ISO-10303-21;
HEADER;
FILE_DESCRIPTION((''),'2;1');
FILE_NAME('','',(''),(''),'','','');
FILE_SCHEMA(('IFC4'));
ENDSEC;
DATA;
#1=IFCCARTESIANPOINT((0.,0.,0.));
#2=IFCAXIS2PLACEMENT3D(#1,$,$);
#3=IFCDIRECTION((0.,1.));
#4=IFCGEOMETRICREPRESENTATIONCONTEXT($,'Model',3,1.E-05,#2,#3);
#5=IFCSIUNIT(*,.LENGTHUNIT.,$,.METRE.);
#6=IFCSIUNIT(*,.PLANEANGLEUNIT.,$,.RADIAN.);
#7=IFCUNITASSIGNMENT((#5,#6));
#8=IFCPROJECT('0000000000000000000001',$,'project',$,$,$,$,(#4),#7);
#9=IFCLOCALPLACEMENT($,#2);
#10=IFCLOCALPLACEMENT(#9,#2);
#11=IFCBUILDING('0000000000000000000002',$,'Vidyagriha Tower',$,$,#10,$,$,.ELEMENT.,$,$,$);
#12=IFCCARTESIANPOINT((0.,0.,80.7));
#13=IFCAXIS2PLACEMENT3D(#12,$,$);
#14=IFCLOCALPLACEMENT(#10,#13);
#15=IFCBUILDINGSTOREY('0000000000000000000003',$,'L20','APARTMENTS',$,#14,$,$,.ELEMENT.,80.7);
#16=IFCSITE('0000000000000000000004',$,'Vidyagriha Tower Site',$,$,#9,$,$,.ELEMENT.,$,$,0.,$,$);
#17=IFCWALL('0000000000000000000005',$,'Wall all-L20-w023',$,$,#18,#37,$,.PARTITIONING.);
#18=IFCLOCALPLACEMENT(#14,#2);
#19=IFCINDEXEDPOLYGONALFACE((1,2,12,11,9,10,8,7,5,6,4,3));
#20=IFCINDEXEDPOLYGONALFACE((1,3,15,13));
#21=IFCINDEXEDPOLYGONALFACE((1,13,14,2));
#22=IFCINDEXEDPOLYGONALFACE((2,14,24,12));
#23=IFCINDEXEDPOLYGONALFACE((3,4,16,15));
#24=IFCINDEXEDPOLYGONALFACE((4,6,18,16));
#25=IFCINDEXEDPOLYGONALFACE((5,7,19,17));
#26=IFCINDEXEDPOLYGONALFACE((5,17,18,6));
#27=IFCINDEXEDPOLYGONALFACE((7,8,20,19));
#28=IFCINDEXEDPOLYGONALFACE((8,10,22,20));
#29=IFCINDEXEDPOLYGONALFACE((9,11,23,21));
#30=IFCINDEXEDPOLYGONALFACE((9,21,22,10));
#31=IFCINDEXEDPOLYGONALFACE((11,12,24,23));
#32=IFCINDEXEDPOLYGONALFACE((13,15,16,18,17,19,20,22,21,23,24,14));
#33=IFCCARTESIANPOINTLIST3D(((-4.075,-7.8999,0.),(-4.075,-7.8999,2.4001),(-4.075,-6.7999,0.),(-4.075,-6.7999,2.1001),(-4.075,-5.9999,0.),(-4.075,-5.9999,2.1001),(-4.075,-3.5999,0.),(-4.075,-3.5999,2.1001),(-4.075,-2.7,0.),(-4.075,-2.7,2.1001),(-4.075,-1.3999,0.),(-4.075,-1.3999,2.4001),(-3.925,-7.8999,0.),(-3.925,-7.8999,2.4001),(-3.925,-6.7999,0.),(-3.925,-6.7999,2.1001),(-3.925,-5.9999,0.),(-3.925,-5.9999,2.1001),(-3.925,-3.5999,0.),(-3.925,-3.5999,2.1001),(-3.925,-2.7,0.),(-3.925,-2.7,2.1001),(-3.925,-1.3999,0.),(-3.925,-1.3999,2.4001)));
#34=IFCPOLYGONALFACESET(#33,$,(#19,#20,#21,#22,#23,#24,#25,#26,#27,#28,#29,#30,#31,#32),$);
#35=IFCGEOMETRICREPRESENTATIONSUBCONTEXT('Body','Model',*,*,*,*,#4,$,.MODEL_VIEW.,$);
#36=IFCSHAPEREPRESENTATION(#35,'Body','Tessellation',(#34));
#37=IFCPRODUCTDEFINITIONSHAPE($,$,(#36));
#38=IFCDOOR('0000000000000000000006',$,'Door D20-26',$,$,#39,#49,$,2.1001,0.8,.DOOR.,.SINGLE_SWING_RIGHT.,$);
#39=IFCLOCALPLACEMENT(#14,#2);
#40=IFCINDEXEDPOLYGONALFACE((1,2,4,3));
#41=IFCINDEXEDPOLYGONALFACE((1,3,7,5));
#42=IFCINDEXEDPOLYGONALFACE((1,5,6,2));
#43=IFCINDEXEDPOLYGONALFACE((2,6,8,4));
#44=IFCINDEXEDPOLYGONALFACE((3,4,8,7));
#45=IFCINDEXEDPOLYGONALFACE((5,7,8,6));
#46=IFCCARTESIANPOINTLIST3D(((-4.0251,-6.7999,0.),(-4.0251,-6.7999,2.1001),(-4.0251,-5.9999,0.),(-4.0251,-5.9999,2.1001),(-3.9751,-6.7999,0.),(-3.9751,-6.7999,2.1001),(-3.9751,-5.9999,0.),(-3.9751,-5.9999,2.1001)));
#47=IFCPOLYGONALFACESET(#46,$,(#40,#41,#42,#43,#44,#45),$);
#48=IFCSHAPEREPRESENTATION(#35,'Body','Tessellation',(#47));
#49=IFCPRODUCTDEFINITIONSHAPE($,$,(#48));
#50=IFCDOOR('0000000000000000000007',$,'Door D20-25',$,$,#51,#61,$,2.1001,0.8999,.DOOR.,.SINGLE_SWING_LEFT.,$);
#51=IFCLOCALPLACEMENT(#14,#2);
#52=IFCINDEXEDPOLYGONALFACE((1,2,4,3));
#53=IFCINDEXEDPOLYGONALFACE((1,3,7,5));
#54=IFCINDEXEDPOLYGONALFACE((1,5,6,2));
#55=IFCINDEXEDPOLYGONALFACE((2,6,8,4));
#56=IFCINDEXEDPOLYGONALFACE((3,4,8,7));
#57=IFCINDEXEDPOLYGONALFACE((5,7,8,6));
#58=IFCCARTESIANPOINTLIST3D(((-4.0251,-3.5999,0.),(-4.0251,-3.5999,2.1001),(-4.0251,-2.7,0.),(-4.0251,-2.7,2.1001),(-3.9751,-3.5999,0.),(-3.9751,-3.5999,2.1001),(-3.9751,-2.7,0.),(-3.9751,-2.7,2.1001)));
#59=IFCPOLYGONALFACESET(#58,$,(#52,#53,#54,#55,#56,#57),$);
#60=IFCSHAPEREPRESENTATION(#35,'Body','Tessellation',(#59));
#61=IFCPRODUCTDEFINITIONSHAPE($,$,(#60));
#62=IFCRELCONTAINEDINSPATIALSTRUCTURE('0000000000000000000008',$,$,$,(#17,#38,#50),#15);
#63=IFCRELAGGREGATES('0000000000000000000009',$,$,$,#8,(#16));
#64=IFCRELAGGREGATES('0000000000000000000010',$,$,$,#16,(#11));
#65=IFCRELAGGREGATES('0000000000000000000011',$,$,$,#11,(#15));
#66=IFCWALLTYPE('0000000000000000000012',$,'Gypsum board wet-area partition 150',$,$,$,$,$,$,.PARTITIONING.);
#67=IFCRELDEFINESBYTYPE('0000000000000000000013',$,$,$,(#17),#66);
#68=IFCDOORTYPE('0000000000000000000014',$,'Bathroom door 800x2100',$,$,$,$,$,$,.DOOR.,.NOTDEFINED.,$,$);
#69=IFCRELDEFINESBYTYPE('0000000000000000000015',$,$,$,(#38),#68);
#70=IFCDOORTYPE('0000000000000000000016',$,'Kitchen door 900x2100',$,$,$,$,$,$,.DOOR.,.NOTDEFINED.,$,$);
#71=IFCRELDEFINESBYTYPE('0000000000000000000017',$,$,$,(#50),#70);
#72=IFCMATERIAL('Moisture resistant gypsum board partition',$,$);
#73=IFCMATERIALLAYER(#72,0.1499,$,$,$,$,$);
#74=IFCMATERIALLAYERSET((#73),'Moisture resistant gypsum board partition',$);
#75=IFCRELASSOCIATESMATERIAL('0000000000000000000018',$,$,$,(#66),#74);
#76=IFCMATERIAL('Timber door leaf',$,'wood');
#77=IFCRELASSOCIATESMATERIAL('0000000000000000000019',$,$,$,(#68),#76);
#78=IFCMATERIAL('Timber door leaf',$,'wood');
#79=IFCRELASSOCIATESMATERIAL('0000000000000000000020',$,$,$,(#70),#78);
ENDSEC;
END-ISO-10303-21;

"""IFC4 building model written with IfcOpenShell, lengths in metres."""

from ifc_helpers import new_model, si_unit, direction, frame, frame_2d, origin, place, context, subcontext, project, spatial, rectangle, extrude, material, layer, layer_set, type_object, element, fill, save


model = new_model("IFC4")

# Units and contexts
model_context = context("Model", 3, precision=1e-05, world=origin(), true_north=direction((0.0, 1.0)))
body_context = subcontext(model_context, "Body", "Model", "MODEL_VIEW")
ifc_project = project(units=[si_unit("LENGTHUNIT", "METRE"), si_unit("PLANEANGLEUNIT", "RADIAN")], contexts=[model_context])

# Site, building, storey
site_placement = place(None, origin())
site = spatial("IfcSite", under=ifc_project, at=site_placement, Name="Vidyagriha Tower Site", CompositionType="ELEMENT", RefElevation=0.0)
building_placement = place(site_placement, origin())
building = spatial("IfcBuilding", under=site, at=building_placement, Name="Vidyagriha Tower", CompositionType="ELEMENT")
storey_placement = place(building_placement, frame((0.0, 0.0, 80.7)))
storey = spatial("IfcBuildingStorey", under=building, at=storey_placement, Name="L20", Description="APARTMENTS", CompositionType="ELEMENT", Elevation=80.7)

# Wall, openings, doors
ifc_material_1 = material(Name="Moisture resistant gypsum board partition")
ifc_layer_1 = layer(ifc_material_1, 0.1499)
ifc_layer_set_1 = layer_set([ifc_layer_1], Name="Moisture resistant gypsum board partition")
wall_type_1 = type_object("IfcWallType", Name="Gypsum board wet-area partition 150", PredefinedType="PARTITIONING", material=ifc_layer_set_1)
ifc_material_2 = material(Name="Timber door leaf", Category="wood")
door_type_1 = type_object("IfcDoorType", Name="Bathroom door 800x2100", OperationType="NOTDEFINED", PredefinedType="DOOR", material=ifc_material_2)
ifc_material_3 = material(Name="Timber door leaf", Category="wood")
door_type_2 = type_object("IfcDoorType", Name="Kitchen door 900x2100", OperationType="NOTDEFINED", PredefinedType="DOOR", material=ifc_material_3)
wall_1_placement = place(storey_placement, frame((-4.0, -1.3999, 0.0), z_axis=(0.0, 0.0, 1.0), x_axis=(0.0, -1.0, 0.0)))
wall_1 = element("IfcWall", 1, at=wall_1_placement, inside=storey, type_object=wall_type_1, Name="Wall all-L20-w023", PredefinedType="PARTITIONING", context=body_context, shape_type="SweptSolid", body=[
    extrude(rectangle(XDim=6.5, YDim=0.1499, at=frame_2d((3.25, 0.0))), origin(), (0.0, 0.0, 1.0), 2.4001),
])
opening_1_placement = place(wall_1_placement, frame((1.3, 0.0, 0.0)))
opening_1 = element("IfcOpeningElement", 2, at=opening_1_placement, cuts=wall_1, PredefinedType="OPENING", context=body_context, shape_type="SweptSolid", body=[
    extrude(rectangle(XDim=0.8999, YDim=2.1001, at=frame_2d((0.45, 1.05))), frame((0.0, 0.085, 0.0), z_axis=(0.0, -1.0, 0.0), x_axis=(1.0, 0.0, 0.0)), (0.0, 0.0, 1.0), 0.1699),
])
opening_2_placement = place(wall_1_placement, frame((4.6001, 0.0, 0.0)))
opening_2 = element("IfcOpeningElement", 3, at=opening_2_placement, cuts=wall_1, PredefinedType="OPENING", context=body_context, shape_type="SweptSolid", body=[
    extrude(rectangle(XDim=0.8, YDim=2.1001, at=frame_2d((0.3999, 1.05))), frame((0.0, 0.085, 0.0), z_axis=(0.0, -1.0, 0.0), x_axis=(1.0, 0.0, 0.0)), (0.0, 0.0, 1.0), 0.1699),
])
door_1_placement = place(opening_2_placement, origin())
door_1 = element("IfcDoor", 4, at=door_1_placement, inside=storey, type_object=door_type_1, Name="Door D20-26", OperationType="SINGLE_SWING_RIGHT", OverallHeight=2.1001, OverallWidth=0.8, PredefinedType="DOOR", context=body_context, shape_type="SweptSolid", body=[
    extrude(rectangle(XDim=0.8, YDim=2.1001, at=frame_2d((0.3999, 1.05))), frame((0.0, 0.0249, 0.0), z_axis=(0.0, -1.0, 0.0), x_axis=(1.0, 0.0, 0.0)), (0.0, 0.0, 1.0), 0.05),
])
fill(opening_2, door_1)
door_2_placement = place(opening_1_placement, origin())
door_2 = element("IfcDoor", 5, at=door_2_placement, inside=storey, type_object=door_type_2, Name="Door D20-25", OperationType="SINGLE_SWING_LEFT", OverallHeight=2.1001, OverallWidth=0.8999, PredefinedType="DOOR", context=body_context, shape_type="SweptSolid", body=[
    extrude(rectangle(XDim=0.8999, YDim=2.1001, at=frame_2d((0.45, 1.05))), frame((0.0, 0.0249, 0.0), z_axis=(0.0, -1.0, 0.0), x_axis=(1.0, 0.0, 0.0)), (0.0, 0.0, 1.0), 0.05),
])
fill(opening_1, door_2)

save(model, "model.ifc")
